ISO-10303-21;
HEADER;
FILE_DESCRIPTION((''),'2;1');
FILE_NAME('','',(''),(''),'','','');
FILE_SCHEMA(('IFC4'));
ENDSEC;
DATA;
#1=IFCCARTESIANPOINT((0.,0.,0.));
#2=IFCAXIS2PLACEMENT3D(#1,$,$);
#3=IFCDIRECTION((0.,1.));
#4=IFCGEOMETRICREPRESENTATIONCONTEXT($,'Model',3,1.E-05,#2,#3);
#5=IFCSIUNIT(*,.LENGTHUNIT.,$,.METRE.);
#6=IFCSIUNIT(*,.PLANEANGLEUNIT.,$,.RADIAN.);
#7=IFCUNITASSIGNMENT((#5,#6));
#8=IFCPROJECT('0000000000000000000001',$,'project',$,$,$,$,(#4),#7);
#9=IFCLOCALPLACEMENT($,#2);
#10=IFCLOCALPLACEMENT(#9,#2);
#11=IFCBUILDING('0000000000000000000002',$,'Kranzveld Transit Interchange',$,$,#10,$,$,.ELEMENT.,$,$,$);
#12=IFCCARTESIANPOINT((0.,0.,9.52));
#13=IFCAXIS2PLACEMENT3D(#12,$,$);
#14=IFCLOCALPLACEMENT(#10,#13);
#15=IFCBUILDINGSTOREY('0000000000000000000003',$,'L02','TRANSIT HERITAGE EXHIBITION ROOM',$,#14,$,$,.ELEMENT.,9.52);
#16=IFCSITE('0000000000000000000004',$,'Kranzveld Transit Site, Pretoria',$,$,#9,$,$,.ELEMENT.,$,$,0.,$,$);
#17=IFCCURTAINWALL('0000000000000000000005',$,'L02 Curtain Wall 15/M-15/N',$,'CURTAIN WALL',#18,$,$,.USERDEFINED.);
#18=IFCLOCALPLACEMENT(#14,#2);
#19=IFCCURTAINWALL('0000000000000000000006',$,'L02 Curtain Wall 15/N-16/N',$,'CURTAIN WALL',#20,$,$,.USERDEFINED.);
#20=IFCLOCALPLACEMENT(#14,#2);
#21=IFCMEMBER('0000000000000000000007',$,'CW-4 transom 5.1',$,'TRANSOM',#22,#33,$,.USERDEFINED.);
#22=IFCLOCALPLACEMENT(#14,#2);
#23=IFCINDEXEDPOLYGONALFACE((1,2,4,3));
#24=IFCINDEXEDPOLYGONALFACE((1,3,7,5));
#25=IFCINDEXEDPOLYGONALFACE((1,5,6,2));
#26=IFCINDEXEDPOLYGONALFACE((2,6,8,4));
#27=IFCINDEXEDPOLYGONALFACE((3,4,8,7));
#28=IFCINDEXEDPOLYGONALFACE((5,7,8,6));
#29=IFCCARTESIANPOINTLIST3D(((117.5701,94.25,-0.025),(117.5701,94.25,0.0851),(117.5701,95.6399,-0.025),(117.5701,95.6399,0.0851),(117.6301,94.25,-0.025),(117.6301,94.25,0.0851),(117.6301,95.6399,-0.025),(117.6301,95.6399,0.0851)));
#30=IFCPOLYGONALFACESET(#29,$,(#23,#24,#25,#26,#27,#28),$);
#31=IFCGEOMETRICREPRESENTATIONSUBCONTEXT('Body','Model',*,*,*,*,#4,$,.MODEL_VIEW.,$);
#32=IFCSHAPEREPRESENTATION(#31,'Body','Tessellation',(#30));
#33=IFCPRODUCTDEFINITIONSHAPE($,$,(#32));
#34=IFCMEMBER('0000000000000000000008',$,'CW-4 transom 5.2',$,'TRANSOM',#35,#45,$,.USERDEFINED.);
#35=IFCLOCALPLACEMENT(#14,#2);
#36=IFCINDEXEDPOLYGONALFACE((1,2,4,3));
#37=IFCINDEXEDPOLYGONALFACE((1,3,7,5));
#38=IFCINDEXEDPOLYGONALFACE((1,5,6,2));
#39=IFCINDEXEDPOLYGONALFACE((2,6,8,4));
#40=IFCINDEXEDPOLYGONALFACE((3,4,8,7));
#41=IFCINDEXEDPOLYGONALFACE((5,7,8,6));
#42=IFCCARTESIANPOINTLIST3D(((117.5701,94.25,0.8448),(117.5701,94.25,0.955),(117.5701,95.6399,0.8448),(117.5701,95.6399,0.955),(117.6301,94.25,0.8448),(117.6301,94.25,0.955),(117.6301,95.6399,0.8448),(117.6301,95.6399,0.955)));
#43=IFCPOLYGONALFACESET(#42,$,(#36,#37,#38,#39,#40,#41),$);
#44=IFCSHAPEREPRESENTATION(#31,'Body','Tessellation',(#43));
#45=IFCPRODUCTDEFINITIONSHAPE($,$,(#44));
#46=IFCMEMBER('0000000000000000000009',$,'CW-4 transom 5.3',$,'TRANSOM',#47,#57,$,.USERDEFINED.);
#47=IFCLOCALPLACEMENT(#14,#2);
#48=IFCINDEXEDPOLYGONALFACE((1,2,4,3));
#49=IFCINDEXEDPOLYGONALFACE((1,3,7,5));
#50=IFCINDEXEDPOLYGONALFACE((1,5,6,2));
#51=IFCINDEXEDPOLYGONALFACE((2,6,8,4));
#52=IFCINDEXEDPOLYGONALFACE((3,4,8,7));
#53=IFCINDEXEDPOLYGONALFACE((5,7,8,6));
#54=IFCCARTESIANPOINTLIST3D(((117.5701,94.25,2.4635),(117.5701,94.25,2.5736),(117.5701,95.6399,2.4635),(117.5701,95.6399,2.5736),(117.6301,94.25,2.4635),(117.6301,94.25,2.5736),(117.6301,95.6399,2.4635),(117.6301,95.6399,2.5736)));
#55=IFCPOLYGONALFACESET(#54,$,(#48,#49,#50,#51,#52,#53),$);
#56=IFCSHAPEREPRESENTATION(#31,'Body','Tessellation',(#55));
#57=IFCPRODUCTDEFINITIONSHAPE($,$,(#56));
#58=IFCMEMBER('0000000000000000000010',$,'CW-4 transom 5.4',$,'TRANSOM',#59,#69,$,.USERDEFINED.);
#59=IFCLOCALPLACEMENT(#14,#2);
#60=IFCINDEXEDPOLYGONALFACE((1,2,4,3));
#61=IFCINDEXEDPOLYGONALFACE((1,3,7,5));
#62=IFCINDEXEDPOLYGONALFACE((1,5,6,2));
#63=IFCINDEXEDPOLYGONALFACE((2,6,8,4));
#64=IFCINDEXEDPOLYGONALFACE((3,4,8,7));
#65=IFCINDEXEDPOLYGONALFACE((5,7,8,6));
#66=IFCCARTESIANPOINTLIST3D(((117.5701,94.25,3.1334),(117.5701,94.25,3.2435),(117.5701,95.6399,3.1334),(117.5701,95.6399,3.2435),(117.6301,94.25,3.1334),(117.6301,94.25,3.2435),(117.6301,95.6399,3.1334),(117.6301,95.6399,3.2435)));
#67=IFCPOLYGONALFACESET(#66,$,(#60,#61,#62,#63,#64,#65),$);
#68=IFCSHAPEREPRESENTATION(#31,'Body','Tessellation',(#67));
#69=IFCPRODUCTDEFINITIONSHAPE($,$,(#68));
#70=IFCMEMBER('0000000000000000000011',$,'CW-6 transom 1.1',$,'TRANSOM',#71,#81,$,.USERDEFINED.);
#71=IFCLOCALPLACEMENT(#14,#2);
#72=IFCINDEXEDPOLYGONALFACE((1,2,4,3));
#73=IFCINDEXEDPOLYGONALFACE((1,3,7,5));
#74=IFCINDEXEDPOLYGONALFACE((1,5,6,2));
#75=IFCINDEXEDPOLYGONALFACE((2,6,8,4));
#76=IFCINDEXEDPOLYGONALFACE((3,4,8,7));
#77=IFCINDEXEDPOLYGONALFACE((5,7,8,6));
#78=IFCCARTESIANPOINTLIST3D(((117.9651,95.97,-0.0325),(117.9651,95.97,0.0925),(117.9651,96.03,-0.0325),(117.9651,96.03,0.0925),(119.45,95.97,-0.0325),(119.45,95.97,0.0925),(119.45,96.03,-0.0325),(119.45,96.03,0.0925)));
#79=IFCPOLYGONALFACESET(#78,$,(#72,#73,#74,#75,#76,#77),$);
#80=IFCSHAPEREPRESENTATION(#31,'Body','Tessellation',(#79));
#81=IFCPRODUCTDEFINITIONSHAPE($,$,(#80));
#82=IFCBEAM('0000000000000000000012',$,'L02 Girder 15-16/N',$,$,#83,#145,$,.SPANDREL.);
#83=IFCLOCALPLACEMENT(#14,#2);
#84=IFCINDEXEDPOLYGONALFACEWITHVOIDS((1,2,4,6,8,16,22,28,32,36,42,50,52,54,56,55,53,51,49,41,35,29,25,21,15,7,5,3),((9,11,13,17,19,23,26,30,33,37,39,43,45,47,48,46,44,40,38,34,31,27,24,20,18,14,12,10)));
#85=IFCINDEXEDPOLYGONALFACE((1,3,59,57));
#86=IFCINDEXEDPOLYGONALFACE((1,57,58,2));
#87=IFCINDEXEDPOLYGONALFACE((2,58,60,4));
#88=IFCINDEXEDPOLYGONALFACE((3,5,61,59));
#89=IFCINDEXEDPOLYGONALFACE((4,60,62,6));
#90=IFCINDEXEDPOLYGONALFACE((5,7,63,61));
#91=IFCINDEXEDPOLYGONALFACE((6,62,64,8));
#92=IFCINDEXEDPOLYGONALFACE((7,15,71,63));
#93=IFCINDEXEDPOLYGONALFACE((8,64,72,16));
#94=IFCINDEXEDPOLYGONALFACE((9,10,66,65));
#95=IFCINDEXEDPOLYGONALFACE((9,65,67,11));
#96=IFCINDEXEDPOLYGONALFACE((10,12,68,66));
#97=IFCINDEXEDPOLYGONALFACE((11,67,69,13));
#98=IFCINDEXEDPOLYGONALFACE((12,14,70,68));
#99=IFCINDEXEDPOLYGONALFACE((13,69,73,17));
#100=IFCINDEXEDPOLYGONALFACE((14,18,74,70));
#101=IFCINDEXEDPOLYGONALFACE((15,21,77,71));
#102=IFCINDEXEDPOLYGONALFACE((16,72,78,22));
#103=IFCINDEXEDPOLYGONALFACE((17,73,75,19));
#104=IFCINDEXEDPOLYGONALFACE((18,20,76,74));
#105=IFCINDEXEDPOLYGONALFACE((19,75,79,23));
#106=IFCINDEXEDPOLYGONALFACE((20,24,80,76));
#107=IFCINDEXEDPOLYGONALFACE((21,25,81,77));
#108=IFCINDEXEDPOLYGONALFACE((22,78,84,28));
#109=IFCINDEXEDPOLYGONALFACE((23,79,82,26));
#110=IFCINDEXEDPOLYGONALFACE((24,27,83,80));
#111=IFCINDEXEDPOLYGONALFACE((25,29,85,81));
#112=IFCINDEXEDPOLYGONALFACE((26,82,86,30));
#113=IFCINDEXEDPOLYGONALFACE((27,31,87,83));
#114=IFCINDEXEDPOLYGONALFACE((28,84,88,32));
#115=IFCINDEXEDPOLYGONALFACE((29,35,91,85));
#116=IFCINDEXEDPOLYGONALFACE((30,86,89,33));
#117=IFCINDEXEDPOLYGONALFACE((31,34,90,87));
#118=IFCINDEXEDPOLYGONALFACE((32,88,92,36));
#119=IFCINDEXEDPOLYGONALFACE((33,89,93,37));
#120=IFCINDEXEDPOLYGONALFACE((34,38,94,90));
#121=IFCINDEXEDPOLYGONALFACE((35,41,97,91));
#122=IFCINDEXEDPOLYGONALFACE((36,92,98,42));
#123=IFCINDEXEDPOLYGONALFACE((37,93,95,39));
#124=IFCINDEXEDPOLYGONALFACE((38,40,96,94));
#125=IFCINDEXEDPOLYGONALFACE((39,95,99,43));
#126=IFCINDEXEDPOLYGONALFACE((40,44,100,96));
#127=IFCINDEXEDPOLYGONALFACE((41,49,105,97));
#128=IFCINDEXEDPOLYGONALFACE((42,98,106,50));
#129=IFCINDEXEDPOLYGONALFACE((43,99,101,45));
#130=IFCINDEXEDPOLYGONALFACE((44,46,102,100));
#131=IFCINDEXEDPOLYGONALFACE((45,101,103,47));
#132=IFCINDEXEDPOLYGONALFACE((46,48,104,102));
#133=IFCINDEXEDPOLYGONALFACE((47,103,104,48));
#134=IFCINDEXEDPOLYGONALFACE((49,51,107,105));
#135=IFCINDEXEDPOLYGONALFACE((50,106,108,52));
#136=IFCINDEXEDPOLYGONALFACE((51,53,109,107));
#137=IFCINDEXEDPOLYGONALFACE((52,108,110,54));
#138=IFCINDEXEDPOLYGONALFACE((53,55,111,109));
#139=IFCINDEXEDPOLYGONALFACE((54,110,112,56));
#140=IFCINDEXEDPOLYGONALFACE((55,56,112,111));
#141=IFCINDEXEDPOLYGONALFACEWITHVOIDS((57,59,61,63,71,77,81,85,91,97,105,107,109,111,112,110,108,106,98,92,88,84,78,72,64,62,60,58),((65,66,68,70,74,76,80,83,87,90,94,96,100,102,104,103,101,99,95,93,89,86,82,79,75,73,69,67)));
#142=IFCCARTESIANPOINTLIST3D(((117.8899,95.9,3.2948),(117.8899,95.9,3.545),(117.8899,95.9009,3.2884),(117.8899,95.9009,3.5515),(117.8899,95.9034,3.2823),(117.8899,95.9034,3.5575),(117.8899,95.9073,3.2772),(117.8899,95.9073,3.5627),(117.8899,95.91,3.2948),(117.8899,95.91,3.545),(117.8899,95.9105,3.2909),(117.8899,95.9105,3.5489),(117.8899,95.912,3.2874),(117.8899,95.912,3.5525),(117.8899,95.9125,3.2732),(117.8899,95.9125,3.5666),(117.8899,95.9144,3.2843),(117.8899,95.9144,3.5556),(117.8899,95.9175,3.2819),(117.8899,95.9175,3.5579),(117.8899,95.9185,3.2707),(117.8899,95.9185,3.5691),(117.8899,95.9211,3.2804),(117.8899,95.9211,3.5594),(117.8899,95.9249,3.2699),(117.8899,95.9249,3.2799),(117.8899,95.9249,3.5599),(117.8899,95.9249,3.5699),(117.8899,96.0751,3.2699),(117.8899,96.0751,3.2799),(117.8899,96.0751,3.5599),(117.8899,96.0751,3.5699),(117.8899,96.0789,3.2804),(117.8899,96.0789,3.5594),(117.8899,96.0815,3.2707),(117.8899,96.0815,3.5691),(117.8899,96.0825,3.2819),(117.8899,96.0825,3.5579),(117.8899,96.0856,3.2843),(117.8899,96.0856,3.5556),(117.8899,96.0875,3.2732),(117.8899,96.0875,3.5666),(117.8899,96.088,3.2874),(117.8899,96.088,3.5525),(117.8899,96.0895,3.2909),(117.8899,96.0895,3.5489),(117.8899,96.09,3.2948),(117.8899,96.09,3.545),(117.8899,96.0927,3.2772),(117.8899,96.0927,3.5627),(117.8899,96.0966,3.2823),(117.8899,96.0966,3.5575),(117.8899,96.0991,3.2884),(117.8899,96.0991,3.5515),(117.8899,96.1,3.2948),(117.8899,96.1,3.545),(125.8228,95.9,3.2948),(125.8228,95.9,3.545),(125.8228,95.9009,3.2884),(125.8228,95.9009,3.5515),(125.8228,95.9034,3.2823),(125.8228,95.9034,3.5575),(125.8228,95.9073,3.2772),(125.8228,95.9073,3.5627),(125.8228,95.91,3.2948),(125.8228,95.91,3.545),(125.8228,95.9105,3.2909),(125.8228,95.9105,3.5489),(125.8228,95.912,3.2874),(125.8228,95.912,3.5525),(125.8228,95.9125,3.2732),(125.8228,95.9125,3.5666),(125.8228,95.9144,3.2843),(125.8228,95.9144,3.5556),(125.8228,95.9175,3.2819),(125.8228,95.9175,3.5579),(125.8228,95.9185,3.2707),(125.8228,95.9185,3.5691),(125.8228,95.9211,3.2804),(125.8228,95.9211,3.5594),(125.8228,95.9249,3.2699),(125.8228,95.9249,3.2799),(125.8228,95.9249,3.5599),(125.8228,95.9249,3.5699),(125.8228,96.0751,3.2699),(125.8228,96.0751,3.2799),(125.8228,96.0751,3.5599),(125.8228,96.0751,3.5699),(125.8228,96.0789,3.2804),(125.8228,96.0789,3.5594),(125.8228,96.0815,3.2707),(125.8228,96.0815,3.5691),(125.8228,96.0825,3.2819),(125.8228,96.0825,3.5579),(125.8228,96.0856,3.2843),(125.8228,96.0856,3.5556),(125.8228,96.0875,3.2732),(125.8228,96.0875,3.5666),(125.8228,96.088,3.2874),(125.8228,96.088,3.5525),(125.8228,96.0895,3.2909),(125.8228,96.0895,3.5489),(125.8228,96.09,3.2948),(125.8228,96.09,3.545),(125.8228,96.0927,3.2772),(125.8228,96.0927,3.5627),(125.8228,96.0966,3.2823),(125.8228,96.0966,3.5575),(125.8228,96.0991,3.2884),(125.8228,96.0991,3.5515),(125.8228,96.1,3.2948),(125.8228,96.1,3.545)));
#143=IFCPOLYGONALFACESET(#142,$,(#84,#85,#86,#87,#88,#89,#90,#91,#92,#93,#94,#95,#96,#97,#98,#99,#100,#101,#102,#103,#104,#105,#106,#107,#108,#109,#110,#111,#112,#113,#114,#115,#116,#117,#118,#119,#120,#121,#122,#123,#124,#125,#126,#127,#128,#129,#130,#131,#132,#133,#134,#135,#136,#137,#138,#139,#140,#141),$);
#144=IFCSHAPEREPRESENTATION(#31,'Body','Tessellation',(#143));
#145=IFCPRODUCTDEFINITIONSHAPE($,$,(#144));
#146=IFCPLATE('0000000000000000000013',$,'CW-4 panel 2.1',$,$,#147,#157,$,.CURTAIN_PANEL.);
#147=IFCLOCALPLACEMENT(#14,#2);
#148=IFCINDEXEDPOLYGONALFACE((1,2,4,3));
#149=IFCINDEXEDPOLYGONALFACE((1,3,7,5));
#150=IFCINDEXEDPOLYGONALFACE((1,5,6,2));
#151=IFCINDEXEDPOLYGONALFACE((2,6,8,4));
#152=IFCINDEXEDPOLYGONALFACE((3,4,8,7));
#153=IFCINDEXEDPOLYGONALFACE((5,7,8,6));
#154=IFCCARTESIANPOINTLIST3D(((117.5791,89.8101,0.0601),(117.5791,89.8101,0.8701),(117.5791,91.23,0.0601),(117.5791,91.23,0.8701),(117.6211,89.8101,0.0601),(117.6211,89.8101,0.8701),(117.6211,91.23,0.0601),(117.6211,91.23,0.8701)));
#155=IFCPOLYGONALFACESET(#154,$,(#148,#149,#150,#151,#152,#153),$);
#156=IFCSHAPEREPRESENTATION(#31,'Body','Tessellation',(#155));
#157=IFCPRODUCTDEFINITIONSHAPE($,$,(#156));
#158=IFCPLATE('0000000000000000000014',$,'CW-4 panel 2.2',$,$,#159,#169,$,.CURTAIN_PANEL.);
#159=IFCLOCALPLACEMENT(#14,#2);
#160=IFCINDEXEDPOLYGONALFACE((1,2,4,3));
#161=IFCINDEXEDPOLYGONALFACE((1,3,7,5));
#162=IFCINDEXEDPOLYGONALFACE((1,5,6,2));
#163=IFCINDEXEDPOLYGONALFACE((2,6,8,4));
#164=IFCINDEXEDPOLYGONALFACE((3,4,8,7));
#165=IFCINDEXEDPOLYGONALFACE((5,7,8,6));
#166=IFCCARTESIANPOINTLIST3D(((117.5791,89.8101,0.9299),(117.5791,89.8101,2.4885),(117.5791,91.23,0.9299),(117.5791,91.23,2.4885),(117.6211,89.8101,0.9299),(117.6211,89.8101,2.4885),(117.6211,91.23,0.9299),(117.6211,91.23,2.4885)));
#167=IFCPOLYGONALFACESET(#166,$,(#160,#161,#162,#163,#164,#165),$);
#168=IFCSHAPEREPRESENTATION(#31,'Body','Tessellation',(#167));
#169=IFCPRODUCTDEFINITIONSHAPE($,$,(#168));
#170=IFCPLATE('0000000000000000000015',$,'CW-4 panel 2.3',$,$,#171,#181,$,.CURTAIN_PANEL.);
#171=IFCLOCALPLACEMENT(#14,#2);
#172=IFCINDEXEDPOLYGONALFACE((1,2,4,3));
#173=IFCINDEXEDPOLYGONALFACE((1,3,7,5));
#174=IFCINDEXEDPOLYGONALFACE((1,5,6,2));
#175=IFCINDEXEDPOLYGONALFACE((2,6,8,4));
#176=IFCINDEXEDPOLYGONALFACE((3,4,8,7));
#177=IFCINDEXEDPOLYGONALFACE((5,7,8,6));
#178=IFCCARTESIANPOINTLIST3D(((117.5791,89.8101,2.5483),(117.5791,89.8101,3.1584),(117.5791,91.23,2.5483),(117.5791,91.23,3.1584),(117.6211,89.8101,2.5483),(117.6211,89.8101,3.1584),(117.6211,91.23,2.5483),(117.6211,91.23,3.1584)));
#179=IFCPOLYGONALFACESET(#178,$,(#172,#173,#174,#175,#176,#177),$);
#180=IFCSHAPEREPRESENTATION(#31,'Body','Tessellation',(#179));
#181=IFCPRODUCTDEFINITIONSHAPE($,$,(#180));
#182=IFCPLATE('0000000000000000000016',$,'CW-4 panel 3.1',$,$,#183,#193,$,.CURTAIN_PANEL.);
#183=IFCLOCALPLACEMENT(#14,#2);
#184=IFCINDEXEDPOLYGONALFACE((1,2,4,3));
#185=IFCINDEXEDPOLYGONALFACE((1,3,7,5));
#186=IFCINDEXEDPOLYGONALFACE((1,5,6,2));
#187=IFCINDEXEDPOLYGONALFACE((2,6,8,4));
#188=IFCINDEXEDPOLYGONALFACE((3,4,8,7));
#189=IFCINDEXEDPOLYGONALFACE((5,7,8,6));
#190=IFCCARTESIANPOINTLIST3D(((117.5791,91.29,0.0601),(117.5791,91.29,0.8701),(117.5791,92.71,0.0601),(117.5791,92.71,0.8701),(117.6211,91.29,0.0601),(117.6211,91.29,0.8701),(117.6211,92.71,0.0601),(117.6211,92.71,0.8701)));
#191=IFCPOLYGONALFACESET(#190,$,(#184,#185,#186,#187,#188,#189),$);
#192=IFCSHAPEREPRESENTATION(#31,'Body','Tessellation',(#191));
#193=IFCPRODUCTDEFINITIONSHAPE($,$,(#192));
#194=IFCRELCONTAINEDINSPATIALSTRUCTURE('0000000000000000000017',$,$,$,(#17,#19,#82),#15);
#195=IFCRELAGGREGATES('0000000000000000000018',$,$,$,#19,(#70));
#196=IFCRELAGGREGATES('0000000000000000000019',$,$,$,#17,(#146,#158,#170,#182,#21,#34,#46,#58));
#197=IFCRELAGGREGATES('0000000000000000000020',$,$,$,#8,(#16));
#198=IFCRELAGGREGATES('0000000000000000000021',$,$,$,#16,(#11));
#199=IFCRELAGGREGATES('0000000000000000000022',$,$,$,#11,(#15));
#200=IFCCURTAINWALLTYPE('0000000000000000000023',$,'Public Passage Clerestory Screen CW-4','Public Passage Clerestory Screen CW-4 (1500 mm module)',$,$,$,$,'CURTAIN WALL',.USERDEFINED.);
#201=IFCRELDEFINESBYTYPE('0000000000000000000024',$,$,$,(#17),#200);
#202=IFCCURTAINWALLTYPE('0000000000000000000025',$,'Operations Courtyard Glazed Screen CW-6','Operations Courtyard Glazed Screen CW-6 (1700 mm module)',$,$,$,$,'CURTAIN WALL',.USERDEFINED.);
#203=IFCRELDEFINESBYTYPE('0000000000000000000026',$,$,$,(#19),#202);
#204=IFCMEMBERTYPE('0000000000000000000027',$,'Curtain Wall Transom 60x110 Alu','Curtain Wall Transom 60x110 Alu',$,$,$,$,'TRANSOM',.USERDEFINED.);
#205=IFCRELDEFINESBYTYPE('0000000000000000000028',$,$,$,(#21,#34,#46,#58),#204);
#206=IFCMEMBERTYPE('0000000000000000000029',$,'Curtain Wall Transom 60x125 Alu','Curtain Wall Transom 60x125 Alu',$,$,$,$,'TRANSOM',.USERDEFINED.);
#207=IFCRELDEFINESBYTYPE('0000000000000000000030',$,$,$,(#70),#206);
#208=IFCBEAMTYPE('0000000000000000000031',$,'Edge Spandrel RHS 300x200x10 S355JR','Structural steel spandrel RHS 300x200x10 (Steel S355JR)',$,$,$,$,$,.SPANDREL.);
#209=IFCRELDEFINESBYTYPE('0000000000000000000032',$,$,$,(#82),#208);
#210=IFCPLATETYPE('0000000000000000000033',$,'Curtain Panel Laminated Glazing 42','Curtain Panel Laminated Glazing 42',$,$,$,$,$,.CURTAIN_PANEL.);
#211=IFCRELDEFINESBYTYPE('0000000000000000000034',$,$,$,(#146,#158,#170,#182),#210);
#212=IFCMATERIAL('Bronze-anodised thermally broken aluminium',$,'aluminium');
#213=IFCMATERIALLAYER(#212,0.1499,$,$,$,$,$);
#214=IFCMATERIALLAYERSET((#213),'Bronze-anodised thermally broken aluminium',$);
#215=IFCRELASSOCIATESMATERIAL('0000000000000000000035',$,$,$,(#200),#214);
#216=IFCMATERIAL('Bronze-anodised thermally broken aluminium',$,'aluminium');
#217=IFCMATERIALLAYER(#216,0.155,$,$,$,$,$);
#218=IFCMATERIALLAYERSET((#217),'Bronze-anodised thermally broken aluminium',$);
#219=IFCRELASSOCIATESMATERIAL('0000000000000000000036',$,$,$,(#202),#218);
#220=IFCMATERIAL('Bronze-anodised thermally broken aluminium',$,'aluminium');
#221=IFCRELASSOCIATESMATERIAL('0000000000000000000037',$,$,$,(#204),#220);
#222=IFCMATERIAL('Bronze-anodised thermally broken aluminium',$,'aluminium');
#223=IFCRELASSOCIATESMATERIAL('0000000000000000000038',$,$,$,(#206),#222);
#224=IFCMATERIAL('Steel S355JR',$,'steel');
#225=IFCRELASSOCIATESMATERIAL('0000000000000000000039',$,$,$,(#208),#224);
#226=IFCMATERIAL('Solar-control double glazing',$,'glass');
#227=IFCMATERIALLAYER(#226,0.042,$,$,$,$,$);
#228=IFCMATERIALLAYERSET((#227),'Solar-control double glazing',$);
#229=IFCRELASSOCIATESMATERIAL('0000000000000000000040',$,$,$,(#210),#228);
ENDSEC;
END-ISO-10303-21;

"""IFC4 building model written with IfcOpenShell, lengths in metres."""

from ifc_helpers import new_model, si_unit, direction, frame, origin, origin_2d, place, context, subcontext, project, spatial, rectangle, hollow_rectangle, extrude, material, layer, layer_set, material_profile, profile_set, type_object, element, aggregate, save


model = new_model("IFC4")

# Units and contexts
model_context = context("Model", 3, precision=1e-05, world=origin(), true_north=direction((0.0, 1.0)))
body_context = subcontext(model_context, "Body", "Model", "MODEL_VIEW")
ifc_project = project(units=[si_unit("LENGTHUNIT", "METRE"), si_unit("PLANEANGLEUNIT", "RADIAN")], contexts=[model_context])

# Site, building, storey
site_placement = place(None, origin())
site = spatial("IfcSite", under=ifc_project, at=site_placement, Name="Kranzveld Transit Site, Pretoria", CompositionType="ELEMENT", RefElevation=0.0)
building_placement = place(site_placement, origin())
building = spatial("IfcBuilding", under=site, at=building_placement, Name="Kranzveld Transit Interchange", CompositionType="ELEMENT")
storey_placement = place(building_placement, frame((0.0, 0.0, 9.52)))
storey = spatial("IfcBuildingStorey", under=building, at=storey_placement, Name="L02", Description="TRANSIT HERITAGE EXHIBITION ROOM", CompositionType="ELEMENT", Elevation=9.52)

# Curtain wall
ifc_material_1 = material(Name="Bronze-anodised thermally broken aluminium", Category="aluminium")
ifc_layer_1 = layer(ifc_material_1, 0.1499)
ifc_layer_set_1 = layer_set([ifc_layer_1], Name="Bronze-anodised thermally broken aluminium")
curtain_wall_type_1 = type_object("IfcCurtainWallType", Name="Public Passage Clerestory Screen CW-4", Description="Public Passage Clerestory Screen CW-4 (1500 mm module)", ElementType="CURTAIN WALL", PredefinedType="USERDEFINED", material=ifc_layer_set_1)
curtain_wall_1_placement = place(storey_placement, origin())
curtain_wall_1 = element("IfcCurtainWall", 1, at=curtain_wall_1_placement, inside=storey, type_object=curtain_wall_type_1, Name="L02 Curtain Wall 15/M-15/N", ObjectType="CURTAIN WALL", PredefinedType="USERDEFINED")

# Curtain wall
ifc_material_2 = material(Name="Bronze-anodised thermally broken aluminium", Category="aluminium")
ifc_layer_2 = layer(ifc_material_2, 0.155)
ifc_layer_set_2 = layer_set([ifc_layer_2], Name="Bronze-anodised thermally broken aluminium")
curtain_wall_type_2 = type_object("IfcCurtainWallType", Name="Operations Courtyard Glazed Screen CW-6", Description="Operations Courtyard Glazed Screen CW-6 (1700 mm module)", ElementType="CURTAIN WALL", PredefinedType="USERDEFINED", material=ifc_layer_set_2)
curtain_wall_2_placement = place(storey_placement, origin())
curtain_wall_2 = element("IfcCurtainWall", 2, at=curtain_wall_2_placement, inside=storey, type_object=curtain_wall_type_2, Name="L02 Curtain Wall 15/N-16/N", ObjectType="CURTAIN WALL", PredefinedType="USERDEFINED")

# Members
ifc_material_3 = material(Name="Bronze-anodised thermally broken aluminium", Category="aluminium")
ifc_material_profile_1 = material_profile(ifc_material_3, rectangle(XDim=0.0601, YDim=0.1101, at=origin_2d()), Name="ALU TRANSOM 60x110")
ifc_profile_set_1 = profile_set([ifc_material_profile_1], Name="Bronze-anodised thermally broken aluminium")
member_type_1 = type_object("IfcMemberType", Name="Curtain Wall Transom 60x110 Alu", Description="Curtain Wall Transom 60x110 Alu", ElementType="TRANSOM", PredefinedType="USERDEFINED", material=ifc_profile_set_1)
member_1_placement = place(storey_placement, frame((117.6001, 94.25, 0.03), z_axis=(0.0, 1.0, 0.0), x_axis=(-1.0, 0.0, 0.0)))
member_1 = element("IfcMember", 3, at=member_1_placement, type_object=member_type_1, Name="CW-4 transom 5.1", ObjectType="TRANSOM", PredefinedType="USERDEFINED", context=body_context, shape_type="SweptSolid", body=[
    extrude(rectangle(XDim=0.0601, YDim=0.1101, at=origin_2d()), origin(), (0.0, 0.0, 1.0), 1.3899),
])
member_2_placement = place(storey_placement, frame((117.6001, 94.25, 0.8999), z_axis=(0.0, 1.0, 0.0), x_axis=(-1.0, 0.0, 0.0)))
member_2 = element("IfcMember", 4, at=member_2_placement, type_object=member_type_1, Name="CW-4 transom 5.2", ObjectType="TRANSOM", PredefinedType="USERDEFINED", context=body_context, shape_type="SweptSolid", body=[
    extrude(rectangle(XDim=0.0601, YDim=0.1101, at=origin_2d()), origin(), (0.0, 0.0, 1.0), 1.3899),
])
member_3_placement = place(storey_placement, frame((117.6001, 94.25, 2.5186), z_axis=(0.0, 1.0, 0.0), x_axis=(-1.0, 0.0, 0.0)))
member_3 = element("IfcMember", 5, at=member_3_placement, type_object=member_type_1, Name="CW-4 transom 5.3", ObjectType="TRANSOM", PredefinedType="USERDEFINED", context=body_context, shape_type="SweptSolid", body=[
    extrude(rectangle(XDim=0.0601, YDim=0.1101, at=origin_2d()), origin(), (0.0, 0.0, 1.0), 1.3899),
])
member_4_placement = place(storey_placement, frame((117.6001, 94.25, 3.1885), z_axis=(0.0, 1.0, 0.0), x_axis=(-1.0, 0.0, 0.0)))
member_4 = element("IfcMember", 6, at=member_4_placement, type_object=member_type_1, Name="CW-4 transom 5.4", ObjectType="TRANSOM", PredefinedType="USERDEFINED", context=body_context, shape_type="SweptSolid", body=[
    extrude(rectangle(XDim=0.0601, YDim=0.1101, at=origin_2d()), origin(), (0.0, 0.0, 1.0), 1.3899),
])
ifc_material_4 = material(Name="Bronze-anodised thermally broken aluminium", Category="aluminium")
ifc_material_profile_2 = material_profile(ifc_material_4, rectangle(XDim=0.0601, YDim=0.125, at=origin_2d()), Name="ALU TRANSOM 60x125")
ifc_profile_set_2 = profile_set([ifc_material_profile_2], Name="Bronze-anodised thermally broken aluminium")
member_type_2 = type_object("IfcMemberType", Name="Curtain Wall Transom 60x125 Alu", Description="Curtain Wall Transom 60x125 Alu", ElementType="TRANSOM", PredefinedType="USERDEFINED", material=ifc_profile_set_2)
member_5_placement = place(storey_placement, frame((117.9651, 96.0, 0.03), z_axis=(1.0, 0.0, 0.0), x_axis=(0.0, 1.0, 0.0)))
member_5 = element("IfcMember", 7, at=member_5_placement, type_object=member_type_2, Name="CW-6 transom 1.1", ObjectType="TRANSOM", PredefinedType="USERDEFINED", context=body_context, shape_type="SweptSolid", body=[
    extrude(rectangle(XDim=0.0601, YDim=0.125, at=origin_2d()), origin(), (0.0, 0.0, 1.0), 1.4849),
])
aggregate(curtain_wall_2, [member_5])

# Beam
ifc_material_5 = material(Name="Steel S355JR", Category="steel")
ifc_material_profile_3 = material_profile(ifc_material_5, hollow_rectangle(XDim=0.2, YDim=0.3, WallThickness=0.01, InnerFilletRadius=0.0149, OuterFilletRadius=0.0249, at=origin_2d()), Name="RHS 300x200x10")
ifc_profile_set_3 = profile_set([ifc_material_profile_3], Name="Steel S355JR")
beam_type = type_object("IfcBeamType", Name="Edge Spandrel RHS 300x200x10 S355JR", Description="Structural steel spandrel RHS 300x200x10 (Steel S355JR)", PredefinedType="SPANDREL", material=ifc_profile_set_3)
beam_placement = place(storey_placement, frame((117.8899, 96.0, 3.4199), z_axis=(1.0, 0.0, 0.0), x_axis=(0.0, 1.0, 0.0)))
element("IfcBeam", 8, at=beam_placement, inside=storey, type_object=beam_type, Name="L02 Girder 15-16/N", PredefinedType="SPANDREL", context=body_context, shape_type="SweptSolid", body=[
    extrude(hollow_rectangle(XDim=0.2, YDim=0.3, WallThickness=0.01, InnerFilletRadius=0.0149, OuterFilletRadius=0.0249, at=origin_2d()), origin(), (0.0, 0.0, 1.0), 7.9329),
])

# Plates
ifc_material_6 = material(Name="Solar-control double glazing", Category="glass")
ifc_layer_3 = layer(ifc_material_6, 0.042)
ifc_layer_set_3 = layer_set([ifc_layer_3], Name="Solar-control double glazing")
plate_type = type_object("IfcPlateType", Name="Curtain Panel Laminated Glazing 42", Description="Curtain Panel Laminated Glazing 42", PredefinedType="CURTAIN_PANEL", material=ifc_layer_set_3)
plate_1_placement = place(storey_placement, frame((117.6001, 90.52, 0.0601), z_axis=(0.0, 0.0, 1.0), x_axis=(0.0, 1.0, 0.0)))
plate_1 = element("IfcPlate", 9, at=plate_1_placement, type_object=plate_type, Name="CW-4 panel 2.1", PredefinedType="CURTAIN_PANEL", context=body_context, shape_type="SweptSolid", body=[
    extrude(rectangle(XDim=1.4199, YDim=0.042, at=origin_2d()), origin(), (0.0, 0.0, 1.0), 0.8101),
])
plate_2_placement = place(storey_placement, frame((117.6001, 90.52, 0.9299), z_axis=(0.0, 0.0, 1.0), x_axis=(0.0, 1.0, 0.0)))
plate_2 = element("IfcPlate", 10, at=plate_2_placement, type_object=plate_type, Name="CW-4 panel 2.2", PredefinedType="CURTAIN_PANEL", context=body_context, shape_type="SweptSolid", body=[
    extrude(rectangle(XDim=1.4199, YDim=0.042, at=origin_2d()), origin(), (0.0, 0.0, 1.0), 1.5586),
])
plate_3_placement = place(storey_placement, frame((117.6001, 90.52, 2.5483), z_axis=(0.0, 0.0, 1.0), x_axis=(0.0, 1.0, 0.0)))
plate_3 = element("IfcPlate", 11, at=plate_3_placement, type_object=plate_type, Name="CW-4 panel 2.3", PredefinedType="CURTAIN_PANEL", context=body_context, shape_type="SweptSolid", body=[
    extrude(rectangle(XDim=1.4199, YDim=0.042, at=origin_2d()), origin(), (0.0, 0.0, 1.0), 0.6101),
])
plate_4_placement = place(storey_placement, frame((117.6001, 92.0, 0.0601), z_axis=(0.0, 0.0, 1.0), x_axis=(0.0, 1.0, 0.0)))
plate_4 = element("IfcPlate", 12, at=plate_4_placement, type_object=plate_type, Name="CW-4 panel 3.1", PredefinedType="CURTAIN_PANEL", context=body_context, shape_type="SweptSolid", body=[
    extrude(rectangle(XDim=1.4199, YDim=0.042, at=origin_2d()), origin(), (0.0, 0.0, 1.0), 0.8101),
])
aggregate(curtain_wall_1, [plate_1, plate_2, plate_3, plate_4, member_1, member_2, member_3, member_4])

save(model, "model.ifc")
